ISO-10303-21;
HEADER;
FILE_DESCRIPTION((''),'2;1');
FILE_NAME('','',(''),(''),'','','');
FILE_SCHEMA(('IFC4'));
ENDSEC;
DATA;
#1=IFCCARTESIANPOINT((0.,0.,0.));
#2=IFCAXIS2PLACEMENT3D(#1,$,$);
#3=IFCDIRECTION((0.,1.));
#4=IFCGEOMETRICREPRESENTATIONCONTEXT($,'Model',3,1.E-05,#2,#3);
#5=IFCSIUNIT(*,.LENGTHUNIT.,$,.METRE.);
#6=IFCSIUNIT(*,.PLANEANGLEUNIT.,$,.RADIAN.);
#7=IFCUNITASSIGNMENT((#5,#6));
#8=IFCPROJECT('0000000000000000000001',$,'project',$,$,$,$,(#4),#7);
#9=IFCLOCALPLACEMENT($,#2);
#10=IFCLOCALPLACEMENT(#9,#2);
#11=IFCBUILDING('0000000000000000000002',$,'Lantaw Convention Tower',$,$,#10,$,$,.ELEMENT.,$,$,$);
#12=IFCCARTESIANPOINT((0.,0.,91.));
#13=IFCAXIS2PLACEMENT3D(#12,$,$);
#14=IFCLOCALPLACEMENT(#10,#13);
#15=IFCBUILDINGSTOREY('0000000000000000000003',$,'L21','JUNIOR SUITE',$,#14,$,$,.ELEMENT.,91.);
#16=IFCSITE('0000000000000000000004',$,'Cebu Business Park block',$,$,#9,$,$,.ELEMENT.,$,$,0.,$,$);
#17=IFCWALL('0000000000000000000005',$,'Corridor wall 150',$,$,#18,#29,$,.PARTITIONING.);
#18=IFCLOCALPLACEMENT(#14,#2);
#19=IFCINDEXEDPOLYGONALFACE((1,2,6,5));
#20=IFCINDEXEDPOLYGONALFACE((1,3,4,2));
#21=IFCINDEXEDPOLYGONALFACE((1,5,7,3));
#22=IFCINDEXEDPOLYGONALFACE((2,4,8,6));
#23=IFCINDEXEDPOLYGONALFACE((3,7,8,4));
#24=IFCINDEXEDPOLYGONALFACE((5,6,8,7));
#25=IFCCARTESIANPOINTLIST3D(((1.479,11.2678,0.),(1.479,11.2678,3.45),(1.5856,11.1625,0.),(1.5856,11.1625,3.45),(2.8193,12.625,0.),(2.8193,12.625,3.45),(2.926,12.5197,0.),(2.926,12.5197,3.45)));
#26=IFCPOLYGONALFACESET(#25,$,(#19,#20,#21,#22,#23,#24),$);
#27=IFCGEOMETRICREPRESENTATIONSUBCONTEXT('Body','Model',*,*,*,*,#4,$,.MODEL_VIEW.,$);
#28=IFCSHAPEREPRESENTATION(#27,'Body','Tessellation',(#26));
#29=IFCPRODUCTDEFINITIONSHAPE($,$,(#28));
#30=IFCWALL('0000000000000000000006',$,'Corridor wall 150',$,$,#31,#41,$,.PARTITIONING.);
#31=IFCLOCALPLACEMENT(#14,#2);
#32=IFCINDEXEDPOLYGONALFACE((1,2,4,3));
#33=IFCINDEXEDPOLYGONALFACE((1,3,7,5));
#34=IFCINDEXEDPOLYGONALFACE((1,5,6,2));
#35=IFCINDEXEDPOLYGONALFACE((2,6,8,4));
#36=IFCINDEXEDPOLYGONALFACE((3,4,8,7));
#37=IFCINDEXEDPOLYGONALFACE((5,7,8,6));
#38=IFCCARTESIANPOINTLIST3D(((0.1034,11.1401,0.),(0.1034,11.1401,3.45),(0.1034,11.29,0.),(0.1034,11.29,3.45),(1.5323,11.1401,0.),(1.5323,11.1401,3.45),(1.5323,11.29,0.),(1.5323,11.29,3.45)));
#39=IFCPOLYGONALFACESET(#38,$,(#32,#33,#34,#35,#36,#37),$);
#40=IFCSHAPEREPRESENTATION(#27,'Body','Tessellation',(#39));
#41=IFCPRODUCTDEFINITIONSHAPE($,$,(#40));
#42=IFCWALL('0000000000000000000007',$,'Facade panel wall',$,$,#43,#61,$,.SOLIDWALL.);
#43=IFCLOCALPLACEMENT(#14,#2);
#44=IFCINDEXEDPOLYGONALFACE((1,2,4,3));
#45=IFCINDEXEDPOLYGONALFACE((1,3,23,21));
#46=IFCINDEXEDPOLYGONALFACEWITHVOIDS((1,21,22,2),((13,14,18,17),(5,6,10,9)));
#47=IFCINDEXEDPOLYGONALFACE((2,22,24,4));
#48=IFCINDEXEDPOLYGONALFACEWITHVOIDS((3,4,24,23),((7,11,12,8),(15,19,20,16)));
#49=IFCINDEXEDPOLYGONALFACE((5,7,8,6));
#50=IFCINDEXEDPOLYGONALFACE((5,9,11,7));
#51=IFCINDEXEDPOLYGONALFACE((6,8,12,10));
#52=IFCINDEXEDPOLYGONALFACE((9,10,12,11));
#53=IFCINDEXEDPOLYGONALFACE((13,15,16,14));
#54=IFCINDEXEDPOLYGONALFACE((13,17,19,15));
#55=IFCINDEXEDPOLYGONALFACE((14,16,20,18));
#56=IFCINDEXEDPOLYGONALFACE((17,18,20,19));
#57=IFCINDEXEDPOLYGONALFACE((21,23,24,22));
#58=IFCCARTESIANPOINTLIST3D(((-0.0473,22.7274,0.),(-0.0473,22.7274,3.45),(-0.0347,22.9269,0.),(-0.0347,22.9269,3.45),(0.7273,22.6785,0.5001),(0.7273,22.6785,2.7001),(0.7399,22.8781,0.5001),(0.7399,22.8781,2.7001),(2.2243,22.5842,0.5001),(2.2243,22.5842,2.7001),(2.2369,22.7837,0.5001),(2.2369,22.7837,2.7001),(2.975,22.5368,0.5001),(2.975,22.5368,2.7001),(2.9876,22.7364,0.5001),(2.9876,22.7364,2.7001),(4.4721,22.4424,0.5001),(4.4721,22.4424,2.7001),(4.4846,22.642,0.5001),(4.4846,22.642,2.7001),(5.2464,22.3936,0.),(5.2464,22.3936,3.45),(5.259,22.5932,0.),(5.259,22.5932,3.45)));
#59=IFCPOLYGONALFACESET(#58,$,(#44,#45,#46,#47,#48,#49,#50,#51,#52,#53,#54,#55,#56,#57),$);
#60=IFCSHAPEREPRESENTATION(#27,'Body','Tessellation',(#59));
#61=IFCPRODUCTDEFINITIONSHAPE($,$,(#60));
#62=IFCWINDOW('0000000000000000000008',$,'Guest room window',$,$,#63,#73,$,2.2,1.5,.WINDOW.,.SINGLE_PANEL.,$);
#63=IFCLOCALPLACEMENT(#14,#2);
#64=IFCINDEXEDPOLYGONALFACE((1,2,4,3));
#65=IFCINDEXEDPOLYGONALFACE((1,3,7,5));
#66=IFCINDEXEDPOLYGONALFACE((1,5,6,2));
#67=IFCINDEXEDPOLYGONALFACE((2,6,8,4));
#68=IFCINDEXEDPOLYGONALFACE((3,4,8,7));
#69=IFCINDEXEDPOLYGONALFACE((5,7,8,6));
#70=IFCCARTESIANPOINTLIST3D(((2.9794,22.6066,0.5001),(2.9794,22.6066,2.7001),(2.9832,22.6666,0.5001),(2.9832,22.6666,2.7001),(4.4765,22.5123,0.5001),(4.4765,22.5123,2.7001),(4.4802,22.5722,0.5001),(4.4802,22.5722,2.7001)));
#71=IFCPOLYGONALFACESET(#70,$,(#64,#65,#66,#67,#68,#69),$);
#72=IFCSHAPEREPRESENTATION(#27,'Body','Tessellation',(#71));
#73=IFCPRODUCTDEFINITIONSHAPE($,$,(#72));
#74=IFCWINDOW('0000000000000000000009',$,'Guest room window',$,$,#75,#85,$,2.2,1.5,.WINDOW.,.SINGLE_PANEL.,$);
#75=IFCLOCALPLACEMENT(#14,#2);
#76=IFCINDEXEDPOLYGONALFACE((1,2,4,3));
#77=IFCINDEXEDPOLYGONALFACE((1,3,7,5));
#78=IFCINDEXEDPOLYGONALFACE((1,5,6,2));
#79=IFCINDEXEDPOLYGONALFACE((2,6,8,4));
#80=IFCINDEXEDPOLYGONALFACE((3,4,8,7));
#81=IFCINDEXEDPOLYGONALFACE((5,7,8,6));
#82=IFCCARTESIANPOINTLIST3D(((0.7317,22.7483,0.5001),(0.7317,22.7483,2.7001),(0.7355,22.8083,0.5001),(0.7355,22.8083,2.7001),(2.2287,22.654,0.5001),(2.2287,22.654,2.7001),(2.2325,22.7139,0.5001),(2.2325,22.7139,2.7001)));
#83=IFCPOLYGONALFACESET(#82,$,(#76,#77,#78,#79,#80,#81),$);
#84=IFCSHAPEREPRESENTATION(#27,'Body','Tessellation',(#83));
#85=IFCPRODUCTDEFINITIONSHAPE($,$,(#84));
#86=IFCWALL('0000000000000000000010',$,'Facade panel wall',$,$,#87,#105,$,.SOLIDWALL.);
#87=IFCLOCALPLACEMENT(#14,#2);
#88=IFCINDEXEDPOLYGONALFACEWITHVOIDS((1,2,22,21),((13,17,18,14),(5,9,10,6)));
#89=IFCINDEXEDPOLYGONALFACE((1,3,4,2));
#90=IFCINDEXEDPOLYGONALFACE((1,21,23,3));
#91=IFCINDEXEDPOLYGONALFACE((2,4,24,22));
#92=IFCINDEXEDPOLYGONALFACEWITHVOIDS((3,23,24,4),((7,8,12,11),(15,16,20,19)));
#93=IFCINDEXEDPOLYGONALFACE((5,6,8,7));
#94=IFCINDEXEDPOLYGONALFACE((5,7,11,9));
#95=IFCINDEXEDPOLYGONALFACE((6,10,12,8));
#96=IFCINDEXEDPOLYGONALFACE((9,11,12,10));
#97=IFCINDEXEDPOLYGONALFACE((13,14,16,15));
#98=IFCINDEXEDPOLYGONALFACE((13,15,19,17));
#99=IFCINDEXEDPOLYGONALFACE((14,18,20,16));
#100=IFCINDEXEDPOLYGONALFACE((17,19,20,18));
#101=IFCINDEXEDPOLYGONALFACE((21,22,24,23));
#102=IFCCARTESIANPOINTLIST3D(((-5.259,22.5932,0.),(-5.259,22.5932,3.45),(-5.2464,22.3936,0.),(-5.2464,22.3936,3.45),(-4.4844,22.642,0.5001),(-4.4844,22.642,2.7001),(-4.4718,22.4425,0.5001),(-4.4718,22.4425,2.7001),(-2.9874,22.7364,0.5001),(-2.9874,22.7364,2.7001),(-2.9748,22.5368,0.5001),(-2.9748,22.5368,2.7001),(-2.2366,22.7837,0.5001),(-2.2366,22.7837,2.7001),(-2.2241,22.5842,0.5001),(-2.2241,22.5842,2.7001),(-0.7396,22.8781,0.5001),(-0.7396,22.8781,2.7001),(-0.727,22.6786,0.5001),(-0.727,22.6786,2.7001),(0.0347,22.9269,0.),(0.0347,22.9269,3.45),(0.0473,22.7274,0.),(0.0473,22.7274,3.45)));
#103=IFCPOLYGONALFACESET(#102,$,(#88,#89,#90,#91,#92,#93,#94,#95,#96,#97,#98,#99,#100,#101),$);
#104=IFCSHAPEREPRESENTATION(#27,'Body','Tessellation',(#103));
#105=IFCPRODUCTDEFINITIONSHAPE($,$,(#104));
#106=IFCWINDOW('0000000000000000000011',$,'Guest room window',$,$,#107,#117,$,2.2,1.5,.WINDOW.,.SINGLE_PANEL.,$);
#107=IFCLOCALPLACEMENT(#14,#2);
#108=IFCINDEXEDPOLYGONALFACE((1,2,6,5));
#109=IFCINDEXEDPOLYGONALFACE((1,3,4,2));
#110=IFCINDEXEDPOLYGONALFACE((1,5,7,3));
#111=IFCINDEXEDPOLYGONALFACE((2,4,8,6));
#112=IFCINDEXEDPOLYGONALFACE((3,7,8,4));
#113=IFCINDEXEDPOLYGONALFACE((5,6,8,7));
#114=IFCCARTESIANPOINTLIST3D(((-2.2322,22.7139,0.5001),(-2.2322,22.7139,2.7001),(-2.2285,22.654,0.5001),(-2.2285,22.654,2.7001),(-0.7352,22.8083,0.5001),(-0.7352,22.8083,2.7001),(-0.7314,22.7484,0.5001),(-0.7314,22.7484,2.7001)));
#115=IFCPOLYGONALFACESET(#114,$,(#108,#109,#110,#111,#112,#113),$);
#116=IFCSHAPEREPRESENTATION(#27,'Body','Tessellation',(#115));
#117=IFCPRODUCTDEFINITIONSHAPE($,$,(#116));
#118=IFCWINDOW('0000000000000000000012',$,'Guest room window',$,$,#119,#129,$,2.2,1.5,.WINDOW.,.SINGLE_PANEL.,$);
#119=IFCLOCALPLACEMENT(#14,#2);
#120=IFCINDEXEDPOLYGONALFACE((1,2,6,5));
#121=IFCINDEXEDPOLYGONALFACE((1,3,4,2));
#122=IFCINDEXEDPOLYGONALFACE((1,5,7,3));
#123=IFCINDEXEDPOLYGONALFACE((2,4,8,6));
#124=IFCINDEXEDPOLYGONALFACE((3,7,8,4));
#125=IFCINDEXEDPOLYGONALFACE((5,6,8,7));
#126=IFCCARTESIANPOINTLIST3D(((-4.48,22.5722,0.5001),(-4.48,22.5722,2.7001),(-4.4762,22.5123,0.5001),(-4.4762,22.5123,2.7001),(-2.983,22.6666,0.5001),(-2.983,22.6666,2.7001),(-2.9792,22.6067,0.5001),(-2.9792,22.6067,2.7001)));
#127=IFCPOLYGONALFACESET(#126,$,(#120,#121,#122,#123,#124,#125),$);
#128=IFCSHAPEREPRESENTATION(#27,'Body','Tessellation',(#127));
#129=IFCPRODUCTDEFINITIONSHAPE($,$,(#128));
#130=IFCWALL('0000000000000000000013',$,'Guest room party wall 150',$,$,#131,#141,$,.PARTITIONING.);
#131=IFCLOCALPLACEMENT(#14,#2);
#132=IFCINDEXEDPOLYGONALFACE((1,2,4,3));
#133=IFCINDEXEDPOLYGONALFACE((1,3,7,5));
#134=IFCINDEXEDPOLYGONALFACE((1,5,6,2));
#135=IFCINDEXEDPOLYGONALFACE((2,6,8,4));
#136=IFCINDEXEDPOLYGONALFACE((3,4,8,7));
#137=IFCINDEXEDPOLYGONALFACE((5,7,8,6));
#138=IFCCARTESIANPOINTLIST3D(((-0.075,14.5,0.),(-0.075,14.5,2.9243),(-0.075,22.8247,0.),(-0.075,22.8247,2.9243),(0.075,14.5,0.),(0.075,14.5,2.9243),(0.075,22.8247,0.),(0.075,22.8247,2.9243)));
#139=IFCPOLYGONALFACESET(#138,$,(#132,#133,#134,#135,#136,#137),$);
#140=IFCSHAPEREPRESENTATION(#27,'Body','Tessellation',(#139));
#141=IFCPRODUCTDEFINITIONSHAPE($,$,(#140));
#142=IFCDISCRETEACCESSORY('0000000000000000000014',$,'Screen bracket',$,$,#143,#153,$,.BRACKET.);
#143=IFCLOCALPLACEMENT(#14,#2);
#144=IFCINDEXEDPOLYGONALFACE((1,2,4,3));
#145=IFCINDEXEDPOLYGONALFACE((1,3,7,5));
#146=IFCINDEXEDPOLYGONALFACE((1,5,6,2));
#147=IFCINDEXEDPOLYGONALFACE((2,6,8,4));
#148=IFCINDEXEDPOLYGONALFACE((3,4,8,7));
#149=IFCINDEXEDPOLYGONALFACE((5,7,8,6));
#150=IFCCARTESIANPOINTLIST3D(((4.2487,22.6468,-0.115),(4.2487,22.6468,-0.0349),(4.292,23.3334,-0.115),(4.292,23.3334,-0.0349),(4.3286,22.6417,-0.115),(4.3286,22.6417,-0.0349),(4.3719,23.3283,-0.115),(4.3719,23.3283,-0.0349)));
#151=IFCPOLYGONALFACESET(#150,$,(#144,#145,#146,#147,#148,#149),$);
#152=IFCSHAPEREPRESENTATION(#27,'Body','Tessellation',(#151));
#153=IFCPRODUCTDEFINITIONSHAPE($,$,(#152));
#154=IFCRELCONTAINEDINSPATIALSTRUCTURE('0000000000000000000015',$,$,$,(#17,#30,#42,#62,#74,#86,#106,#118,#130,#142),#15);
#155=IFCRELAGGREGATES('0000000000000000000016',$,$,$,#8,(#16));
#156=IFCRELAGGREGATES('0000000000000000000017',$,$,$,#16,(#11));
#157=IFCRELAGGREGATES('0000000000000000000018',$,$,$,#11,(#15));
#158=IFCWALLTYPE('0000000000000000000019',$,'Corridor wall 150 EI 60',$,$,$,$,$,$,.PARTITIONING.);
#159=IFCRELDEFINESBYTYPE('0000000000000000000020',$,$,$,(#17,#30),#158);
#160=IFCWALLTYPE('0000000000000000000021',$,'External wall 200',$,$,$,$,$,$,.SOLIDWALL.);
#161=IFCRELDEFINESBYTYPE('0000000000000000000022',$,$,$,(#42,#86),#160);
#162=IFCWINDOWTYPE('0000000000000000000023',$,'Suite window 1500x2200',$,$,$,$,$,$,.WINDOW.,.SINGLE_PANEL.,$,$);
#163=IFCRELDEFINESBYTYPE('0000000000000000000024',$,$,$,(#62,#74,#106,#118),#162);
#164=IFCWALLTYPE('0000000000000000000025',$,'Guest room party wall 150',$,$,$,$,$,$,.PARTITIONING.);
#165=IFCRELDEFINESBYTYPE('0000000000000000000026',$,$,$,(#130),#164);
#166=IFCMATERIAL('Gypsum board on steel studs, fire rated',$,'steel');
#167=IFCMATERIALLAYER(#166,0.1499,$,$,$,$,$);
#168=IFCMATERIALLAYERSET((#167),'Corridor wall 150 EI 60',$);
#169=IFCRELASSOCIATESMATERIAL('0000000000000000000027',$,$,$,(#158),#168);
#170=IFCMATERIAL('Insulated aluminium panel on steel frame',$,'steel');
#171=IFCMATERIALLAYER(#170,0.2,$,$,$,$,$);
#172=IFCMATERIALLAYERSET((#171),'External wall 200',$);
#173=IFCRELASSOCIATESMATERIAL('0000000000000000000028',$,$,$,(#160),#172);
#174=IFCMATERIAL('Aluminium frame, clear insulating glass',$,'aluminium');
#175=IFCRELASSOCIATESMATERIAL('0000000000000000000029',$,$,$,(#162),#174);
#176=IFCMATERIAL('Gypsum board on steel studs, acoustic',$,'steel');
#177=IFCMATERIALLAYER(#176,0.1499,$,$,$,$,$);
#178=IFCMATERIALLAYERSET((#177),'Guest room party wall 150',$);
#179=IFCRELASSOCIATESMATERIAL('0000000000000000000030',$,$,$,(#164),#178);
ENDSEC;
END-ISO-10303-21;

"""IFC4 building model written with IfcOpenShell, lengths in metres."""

from ifc_helpers import new_model, si_unit, direction, frame, frame_2d, origin, origin_2d, place, context, subcontext, project, spatial, rectangle, extrude, material, layer, layer_set, type_object, element, fill, save


model = new_model("IFC4")

# Units and contexts
model_context = context("Model", 3, precision=1e-05, world=origin(), true_north=direction((0.0, 1.0)))
body_context = subcontext(model_context, "Body", "Model", "MODEL_VIEW")
ifc_project = project(units=[si_unit("LENGTHUNIT", "METRE"), si_unit("PLANEANGLEUNIT", "RADIAN")], contexts=[model_context])

# Site, building, storey
site_placement = place(None, origin())
site = spatial("IfcSite", under=ifc_project, at=site_placement, Name="Cebu Business Park block", CompositionType="ELEMENT", RefElevation=0.0)
building_placement = place(site_placement, origin())
building = spatial("IfcBuilding", under=site, at=building_placement, Name="Lantaw Convention Tower", CompositionType="ELEMENT")
storey_placement = place(building_placement, frame((0.0, 0.0, 91.0)))
storey = spatial("IfcBuildingStorey", under=building, at=storey_placement, Name="L21", Description="JUNIOR SUITE", CompositionType="ELEMENT", Elevation=91.0)

# Shared definitions
ifc_material_1 = material(Name="Gypsum board on steel studs, fire rated", Category="steel")
ifc_layer_1 = layer(ifc_material_1, 0.1499)
ifc_layer_set_1 = layer_set([ifc_layer_1], Name="Corridor wall 150 EI 60")
wall_type_1 = type_object("IfcWallType", Name="Corridor wall 150 EI 60", PredefinedType="PARTITIONING", material=ifc_layer_set_1)

# Walls
wall_1_placement = place(storey_placement, frame((2.8726, 12.5723, 0.0), z_axis=(0.0, 0.0, 1.0), x_axis=(-0.702677, -0.711509, 0.0)))
element("IfcWall", 1, at=wall_1_placement, inside=storey, type_object=wall_type_1, Name="Corridor wall 150", PredefinedType="PARTITIONING", context=body_context, shape_type="SweptSolid", body=[
    extrude(rectangle(XDim=1.9075, YDim=0.1499, at=frame_2d((0.9536, 0.0))), origin(), (0.0, 0.0, 1.0), 3.45),
])
wall_2_placement = place(storey_placement, frame((1.5322, 11.2151, 0.0), z_axis=(0.0, 0.0, 1.0), x_axis=(-1.0, 0.0, 0.0)))
element("IfcWall", 2, at=wall_2_placement, inside=storey, type_object=wall_type_1, Name="Corridor wall 150", PredefinedType="PARTITIONING", context=body_context, shape_type="SweptSolid", body=[
    extrude(rectangle(XDim=1.429, YDim=0.1499, at=frame_2d((0.7144, 0.0))), origin(), (0.0, 0.0, 1.0), 3.45),
])

# Walls, openings, windows
ifc_material_2 = material(Name="Insulated aluminium panel on steel frame", Category="steel")
ifc_layer_2 = layer(ifc_material_2, 0.2)
ifc_layer_set_2 = layer_set([ifc_layer_2], Name="External wall 200")
wall_type_2 = type_object("IfcWallType", Name="External wall 200", PredefinedType="SOLIDWALL", material=ifc_layer_set_2)
wall_3_placement = place(storey_placement, frame((5.2527, 22.4934, 0.0), z_axis=(0.0, 0.0, 1.0), x_axis=(-0.998019, 0.06292, 0.0)))
wall_3 = element("IfcWall", 3, at=wall_3_placement, inside=storey, type_object=wall_type_2, Name="Facade panel wall", PredefinedType="SOLIDWALL", context=body_context, shape_type="SweptSolid", body=[
    extrude(rectangle(XDim=5.3042, YDim=0.2, at=frame_2d((2.6521, 0.0))), origin(), (0.0, 0.0, 1.0), 3.45),
])
opening_1_placement = place(wall_3_placement, frame((0.7759, 0.0, 0.5)))
opening_1 = element("IfcOpeningElement", 4, at=opening_1_placement, cuts=wall_3, PredefinedType="OPENING", context=body_context, shape_type="SweptSolid", body=[
    extrude(rectangle(XDim=1.5, YDim=2.2, at=frame_2d((0.75, 1.1001))), frame((0.0, 0.1099, 0.0), z_axis=(0.0, -1.0, 0.0), x_axis=(1.0, 0.0, 0.0)), (0.0, 0.0, 1.0), 0.22),
])
opening_2_placement = place(wall_3_placement, frame((3.0281, 0.0, 0.5)))
opening_2 = element("IfcOpeningElement", 5, at=opening_2_placement, cuts=wall_3, PredefinedType="OPENING", context=body_context, shape_type="SweptSolid", body=[
    extrude(rectangle(XDim=1.5, YDim=2.2, at=frame_2d((0.75, 1.1001))), frame((0.0, 0.1099, 0.0), z_axis=(0.0, -1.0, 0.0), x_axis=(1.0, 0.0, 0.0)), (0.0, 0.0, 1.0), 0.22),
])
ifc_material_3 = material(Name="Aluminium frame, clear insulating glass", Category="aluminium")
window_type = type_object("IfcWindowType", Name="Suite window 1500x2200", PartitioningType="SINGLE_PANEL", PredefinedType="WINDOW", material=ifc_material_3)
window_1_placement = place(opening_1_placement, origin())
window_1 = element("IfcWindow", 6, at=window_1_placement, inside=storey, type_object=window_type, Name="Guest room window", OverallHeight=2.2, OverallWidth=1.5, PartitioningType="SINGLE_PANEL", PredefinedType="WINDOW", context=body_context, shape_type="SweptSolid", body=[
    extrude(rectangle(XDim=1.5, YDim=2.2, at=frame_2d((0.75, 1.1001))), frame((0.0, 0.03, 0.0), z_axis=(0.0, -1.0, 0.0), x_axis=(1.0, 0.0, 0.0)), (0.0, 0.0, 1.0), 0.0601),
])
fill(opening_1, window_1)
window_2_placement = place(opening_2_placement, origin())
window_2 = element("IfcWindow", 7, at=window_2_placement, inside=storey, type_object=window_type, Name="Guest room window", OverallHeight=2.2, OverallWidth=1.5, PartitioningType="SINGLE_PANEL", PredefinedType="WINDOW", context=body_context, shape_type="SweptSolid", body=[
    extrude(rectangle(XDim=1.5, YDim=2.2, at=frame_2d((0.75, 1.1001))), frame((0.0, 0.03, 0.0), z_axis=(0.0, -1.0, 0.0), x_axis=(1.0, 0.0, 0.0)), (0.0, 0.0, 1.0), 0.0601),
])
fill(opening_2, window_2)
wall_4_placement = place(storey_placement, frame((0.041, 22.8271, 0.0), z_axis=(0.0, 0.0, 1.0), x_axis=(-0.998019, -0.06292, 0.0)))
wall_4 = element("IfcWall", 8, at=wall_4_placement, inside=storey, type_object=wall_type_2, Name="Facade panel wall", PredefinedType="SOLIDWALL", context=body_context, shape_type="SweptSolid", body=[
    extrude(rectangle(XDim=5.3042, YDim=0.2, at=frame_2d((2.6521, 0.0))), origin(), (0.0, 0.0, 1.0), 3.45),
])
opening_3_placement = place(wall_4_placement, frame((0.7759, 0.0, 0.5)))
opening_3 = element("IfcOpeningElement", 9, at=opening_3_placement, cuts=wall_4, PredefinedType="OPENING", context=body_context, shape_type="SweptSolid", body=[
    extrude(rectangle(XDim=1.5, YDim=2.2, at=frame_2d((0.75, 1.1001))), frame((0.0, 0.1099, 0.0), z_axis=(0.0, -1.0, 0.0), x_axis=(1.0, 0.0, 0.0)), (0.0, 0.0, 1.0), 0.22),
])
opening_4_placement = place(wall_4_placement, frame((3.0281, 0.0, 0.5)))
opening_4 = element("IfcOpeningElement", 10, at=opening_4_placement, cuts=wall_4, PredefinedType="OPENING", context=body_context, shape_type="SweptSolid", body=[
    extrude(rectangle(XDim=1.5, YDim=2.2, at=frame_2d((0.75, 1.1001))), frame((0.0, 0.1099, 0.0), z_axis=(0.0, -1.0, 0.0), x_axis=(1.0, 0.0, 0.0)), (0.0, 0.0, 1.0), 0.22),
])
window_3_placement = place(opening_3_placement, origin())
window_3 = element("IfcWindow", 11, at=window_3_placement, inside=storey, type_object=window_type, Name="Guest room window", OverallHeight=2.2, OverallWidth=1.5, PartitioningType="SINGLE_PANEL", PredefinedType="WINDOW", context=body_context, shape_type="SweptSolid", body=[
    extrude(rectangle(XDim=1.5, YDim=2.2, at=frame_2d((0.75, 1.1001))), frame((0.0, 0.03, 0.0), z_axis=(0.0, -1.0, 0.0), x_axis=(1.0, 0.0, 0.0)), (0.0, 0.0, 1.0), 0.0601),
])
fill(opening_3, window_3)
window_4_placement = place(opening_4_placement, origin())
window_4 = element("IfcWindow", 12, at=window_4_placement, inside=storey, type_object=window_type, Name="Guest room window", OverallHeight=2.2, OverallWidth=1.5, PartitioningType="SINGLE_PANEL", PredefinedType="WINDOW", context=body_context, shape_type="SweptSolid", body=[
    extrude(rectangle(XDim=1.5, YDim=2.2, at=frame_2d((0.75, 1.1001))), frame((0.0, 0.03, 0.0), z_axis=(0.0, -1.0, 0.0), x_axis=(1.0, 0.0, 0.0)), (0.0, 0.0, 1.0), 0.0601),
])
fill(opening_4, window_4)

# Wall
ifc_material_4 = material(Name="Gypsum board on steel studs, acoustic", Category="steel")
ifc_layer_3 = layer(ifc_material_4, 0.1499)
ifc_layer_set_3 = layer_set([ifc_layer_3], Name="Guest room party wall 150")
wall_type_3 = type_object("IfcWallType", Name="Guest room party wall 150", PredefinedType="PARTITIONING", material=ifc_layer_set_3)
wall_5_placement = place(storey_placement, frame((0.0, 22.8247, 0.0), z_axis=(0.0, 0.0, 1.0), x_axis=(0.0, -1.0, 0.0)))
element("IfcWall", 13, at=wall_5_placement, inside=storey, type_object=wall_type_3, Name="Guest room party wall 150", PredefinedType="PARTITIONING", context=body_context, shape_type="SweptSolid", body=[
    extrude(rectangle(XDim=8.3247, YDim=0.1499, at=frame_2d((4.1624, 0.0))), origin(), (0.0, 0.0, 1.0), 2.9243),
])

# Discrete accessory
discrete_accessory_placement = place(storey_placement, frame((4.3103, 22.9875, -0.115), z_axis=(0.0, 0.0, 1.0), x_axis=(-0.998016, 0.062958, 0.0)))
element("IfcDiscreteAccessory", 14, at=discrete_accessory_placement, inside=storey, Name="Screen bracket", PredefinedType="BRACKET", context=body_context, shape_type="SweptSolid", body=[
    extrude(rectangle(XDim=0.0801, YDim=0.688, at=origin_2d()), origin(), (0.0, 0.0, 1.0), 0.0801),
])

save(model, "model.ifc")
